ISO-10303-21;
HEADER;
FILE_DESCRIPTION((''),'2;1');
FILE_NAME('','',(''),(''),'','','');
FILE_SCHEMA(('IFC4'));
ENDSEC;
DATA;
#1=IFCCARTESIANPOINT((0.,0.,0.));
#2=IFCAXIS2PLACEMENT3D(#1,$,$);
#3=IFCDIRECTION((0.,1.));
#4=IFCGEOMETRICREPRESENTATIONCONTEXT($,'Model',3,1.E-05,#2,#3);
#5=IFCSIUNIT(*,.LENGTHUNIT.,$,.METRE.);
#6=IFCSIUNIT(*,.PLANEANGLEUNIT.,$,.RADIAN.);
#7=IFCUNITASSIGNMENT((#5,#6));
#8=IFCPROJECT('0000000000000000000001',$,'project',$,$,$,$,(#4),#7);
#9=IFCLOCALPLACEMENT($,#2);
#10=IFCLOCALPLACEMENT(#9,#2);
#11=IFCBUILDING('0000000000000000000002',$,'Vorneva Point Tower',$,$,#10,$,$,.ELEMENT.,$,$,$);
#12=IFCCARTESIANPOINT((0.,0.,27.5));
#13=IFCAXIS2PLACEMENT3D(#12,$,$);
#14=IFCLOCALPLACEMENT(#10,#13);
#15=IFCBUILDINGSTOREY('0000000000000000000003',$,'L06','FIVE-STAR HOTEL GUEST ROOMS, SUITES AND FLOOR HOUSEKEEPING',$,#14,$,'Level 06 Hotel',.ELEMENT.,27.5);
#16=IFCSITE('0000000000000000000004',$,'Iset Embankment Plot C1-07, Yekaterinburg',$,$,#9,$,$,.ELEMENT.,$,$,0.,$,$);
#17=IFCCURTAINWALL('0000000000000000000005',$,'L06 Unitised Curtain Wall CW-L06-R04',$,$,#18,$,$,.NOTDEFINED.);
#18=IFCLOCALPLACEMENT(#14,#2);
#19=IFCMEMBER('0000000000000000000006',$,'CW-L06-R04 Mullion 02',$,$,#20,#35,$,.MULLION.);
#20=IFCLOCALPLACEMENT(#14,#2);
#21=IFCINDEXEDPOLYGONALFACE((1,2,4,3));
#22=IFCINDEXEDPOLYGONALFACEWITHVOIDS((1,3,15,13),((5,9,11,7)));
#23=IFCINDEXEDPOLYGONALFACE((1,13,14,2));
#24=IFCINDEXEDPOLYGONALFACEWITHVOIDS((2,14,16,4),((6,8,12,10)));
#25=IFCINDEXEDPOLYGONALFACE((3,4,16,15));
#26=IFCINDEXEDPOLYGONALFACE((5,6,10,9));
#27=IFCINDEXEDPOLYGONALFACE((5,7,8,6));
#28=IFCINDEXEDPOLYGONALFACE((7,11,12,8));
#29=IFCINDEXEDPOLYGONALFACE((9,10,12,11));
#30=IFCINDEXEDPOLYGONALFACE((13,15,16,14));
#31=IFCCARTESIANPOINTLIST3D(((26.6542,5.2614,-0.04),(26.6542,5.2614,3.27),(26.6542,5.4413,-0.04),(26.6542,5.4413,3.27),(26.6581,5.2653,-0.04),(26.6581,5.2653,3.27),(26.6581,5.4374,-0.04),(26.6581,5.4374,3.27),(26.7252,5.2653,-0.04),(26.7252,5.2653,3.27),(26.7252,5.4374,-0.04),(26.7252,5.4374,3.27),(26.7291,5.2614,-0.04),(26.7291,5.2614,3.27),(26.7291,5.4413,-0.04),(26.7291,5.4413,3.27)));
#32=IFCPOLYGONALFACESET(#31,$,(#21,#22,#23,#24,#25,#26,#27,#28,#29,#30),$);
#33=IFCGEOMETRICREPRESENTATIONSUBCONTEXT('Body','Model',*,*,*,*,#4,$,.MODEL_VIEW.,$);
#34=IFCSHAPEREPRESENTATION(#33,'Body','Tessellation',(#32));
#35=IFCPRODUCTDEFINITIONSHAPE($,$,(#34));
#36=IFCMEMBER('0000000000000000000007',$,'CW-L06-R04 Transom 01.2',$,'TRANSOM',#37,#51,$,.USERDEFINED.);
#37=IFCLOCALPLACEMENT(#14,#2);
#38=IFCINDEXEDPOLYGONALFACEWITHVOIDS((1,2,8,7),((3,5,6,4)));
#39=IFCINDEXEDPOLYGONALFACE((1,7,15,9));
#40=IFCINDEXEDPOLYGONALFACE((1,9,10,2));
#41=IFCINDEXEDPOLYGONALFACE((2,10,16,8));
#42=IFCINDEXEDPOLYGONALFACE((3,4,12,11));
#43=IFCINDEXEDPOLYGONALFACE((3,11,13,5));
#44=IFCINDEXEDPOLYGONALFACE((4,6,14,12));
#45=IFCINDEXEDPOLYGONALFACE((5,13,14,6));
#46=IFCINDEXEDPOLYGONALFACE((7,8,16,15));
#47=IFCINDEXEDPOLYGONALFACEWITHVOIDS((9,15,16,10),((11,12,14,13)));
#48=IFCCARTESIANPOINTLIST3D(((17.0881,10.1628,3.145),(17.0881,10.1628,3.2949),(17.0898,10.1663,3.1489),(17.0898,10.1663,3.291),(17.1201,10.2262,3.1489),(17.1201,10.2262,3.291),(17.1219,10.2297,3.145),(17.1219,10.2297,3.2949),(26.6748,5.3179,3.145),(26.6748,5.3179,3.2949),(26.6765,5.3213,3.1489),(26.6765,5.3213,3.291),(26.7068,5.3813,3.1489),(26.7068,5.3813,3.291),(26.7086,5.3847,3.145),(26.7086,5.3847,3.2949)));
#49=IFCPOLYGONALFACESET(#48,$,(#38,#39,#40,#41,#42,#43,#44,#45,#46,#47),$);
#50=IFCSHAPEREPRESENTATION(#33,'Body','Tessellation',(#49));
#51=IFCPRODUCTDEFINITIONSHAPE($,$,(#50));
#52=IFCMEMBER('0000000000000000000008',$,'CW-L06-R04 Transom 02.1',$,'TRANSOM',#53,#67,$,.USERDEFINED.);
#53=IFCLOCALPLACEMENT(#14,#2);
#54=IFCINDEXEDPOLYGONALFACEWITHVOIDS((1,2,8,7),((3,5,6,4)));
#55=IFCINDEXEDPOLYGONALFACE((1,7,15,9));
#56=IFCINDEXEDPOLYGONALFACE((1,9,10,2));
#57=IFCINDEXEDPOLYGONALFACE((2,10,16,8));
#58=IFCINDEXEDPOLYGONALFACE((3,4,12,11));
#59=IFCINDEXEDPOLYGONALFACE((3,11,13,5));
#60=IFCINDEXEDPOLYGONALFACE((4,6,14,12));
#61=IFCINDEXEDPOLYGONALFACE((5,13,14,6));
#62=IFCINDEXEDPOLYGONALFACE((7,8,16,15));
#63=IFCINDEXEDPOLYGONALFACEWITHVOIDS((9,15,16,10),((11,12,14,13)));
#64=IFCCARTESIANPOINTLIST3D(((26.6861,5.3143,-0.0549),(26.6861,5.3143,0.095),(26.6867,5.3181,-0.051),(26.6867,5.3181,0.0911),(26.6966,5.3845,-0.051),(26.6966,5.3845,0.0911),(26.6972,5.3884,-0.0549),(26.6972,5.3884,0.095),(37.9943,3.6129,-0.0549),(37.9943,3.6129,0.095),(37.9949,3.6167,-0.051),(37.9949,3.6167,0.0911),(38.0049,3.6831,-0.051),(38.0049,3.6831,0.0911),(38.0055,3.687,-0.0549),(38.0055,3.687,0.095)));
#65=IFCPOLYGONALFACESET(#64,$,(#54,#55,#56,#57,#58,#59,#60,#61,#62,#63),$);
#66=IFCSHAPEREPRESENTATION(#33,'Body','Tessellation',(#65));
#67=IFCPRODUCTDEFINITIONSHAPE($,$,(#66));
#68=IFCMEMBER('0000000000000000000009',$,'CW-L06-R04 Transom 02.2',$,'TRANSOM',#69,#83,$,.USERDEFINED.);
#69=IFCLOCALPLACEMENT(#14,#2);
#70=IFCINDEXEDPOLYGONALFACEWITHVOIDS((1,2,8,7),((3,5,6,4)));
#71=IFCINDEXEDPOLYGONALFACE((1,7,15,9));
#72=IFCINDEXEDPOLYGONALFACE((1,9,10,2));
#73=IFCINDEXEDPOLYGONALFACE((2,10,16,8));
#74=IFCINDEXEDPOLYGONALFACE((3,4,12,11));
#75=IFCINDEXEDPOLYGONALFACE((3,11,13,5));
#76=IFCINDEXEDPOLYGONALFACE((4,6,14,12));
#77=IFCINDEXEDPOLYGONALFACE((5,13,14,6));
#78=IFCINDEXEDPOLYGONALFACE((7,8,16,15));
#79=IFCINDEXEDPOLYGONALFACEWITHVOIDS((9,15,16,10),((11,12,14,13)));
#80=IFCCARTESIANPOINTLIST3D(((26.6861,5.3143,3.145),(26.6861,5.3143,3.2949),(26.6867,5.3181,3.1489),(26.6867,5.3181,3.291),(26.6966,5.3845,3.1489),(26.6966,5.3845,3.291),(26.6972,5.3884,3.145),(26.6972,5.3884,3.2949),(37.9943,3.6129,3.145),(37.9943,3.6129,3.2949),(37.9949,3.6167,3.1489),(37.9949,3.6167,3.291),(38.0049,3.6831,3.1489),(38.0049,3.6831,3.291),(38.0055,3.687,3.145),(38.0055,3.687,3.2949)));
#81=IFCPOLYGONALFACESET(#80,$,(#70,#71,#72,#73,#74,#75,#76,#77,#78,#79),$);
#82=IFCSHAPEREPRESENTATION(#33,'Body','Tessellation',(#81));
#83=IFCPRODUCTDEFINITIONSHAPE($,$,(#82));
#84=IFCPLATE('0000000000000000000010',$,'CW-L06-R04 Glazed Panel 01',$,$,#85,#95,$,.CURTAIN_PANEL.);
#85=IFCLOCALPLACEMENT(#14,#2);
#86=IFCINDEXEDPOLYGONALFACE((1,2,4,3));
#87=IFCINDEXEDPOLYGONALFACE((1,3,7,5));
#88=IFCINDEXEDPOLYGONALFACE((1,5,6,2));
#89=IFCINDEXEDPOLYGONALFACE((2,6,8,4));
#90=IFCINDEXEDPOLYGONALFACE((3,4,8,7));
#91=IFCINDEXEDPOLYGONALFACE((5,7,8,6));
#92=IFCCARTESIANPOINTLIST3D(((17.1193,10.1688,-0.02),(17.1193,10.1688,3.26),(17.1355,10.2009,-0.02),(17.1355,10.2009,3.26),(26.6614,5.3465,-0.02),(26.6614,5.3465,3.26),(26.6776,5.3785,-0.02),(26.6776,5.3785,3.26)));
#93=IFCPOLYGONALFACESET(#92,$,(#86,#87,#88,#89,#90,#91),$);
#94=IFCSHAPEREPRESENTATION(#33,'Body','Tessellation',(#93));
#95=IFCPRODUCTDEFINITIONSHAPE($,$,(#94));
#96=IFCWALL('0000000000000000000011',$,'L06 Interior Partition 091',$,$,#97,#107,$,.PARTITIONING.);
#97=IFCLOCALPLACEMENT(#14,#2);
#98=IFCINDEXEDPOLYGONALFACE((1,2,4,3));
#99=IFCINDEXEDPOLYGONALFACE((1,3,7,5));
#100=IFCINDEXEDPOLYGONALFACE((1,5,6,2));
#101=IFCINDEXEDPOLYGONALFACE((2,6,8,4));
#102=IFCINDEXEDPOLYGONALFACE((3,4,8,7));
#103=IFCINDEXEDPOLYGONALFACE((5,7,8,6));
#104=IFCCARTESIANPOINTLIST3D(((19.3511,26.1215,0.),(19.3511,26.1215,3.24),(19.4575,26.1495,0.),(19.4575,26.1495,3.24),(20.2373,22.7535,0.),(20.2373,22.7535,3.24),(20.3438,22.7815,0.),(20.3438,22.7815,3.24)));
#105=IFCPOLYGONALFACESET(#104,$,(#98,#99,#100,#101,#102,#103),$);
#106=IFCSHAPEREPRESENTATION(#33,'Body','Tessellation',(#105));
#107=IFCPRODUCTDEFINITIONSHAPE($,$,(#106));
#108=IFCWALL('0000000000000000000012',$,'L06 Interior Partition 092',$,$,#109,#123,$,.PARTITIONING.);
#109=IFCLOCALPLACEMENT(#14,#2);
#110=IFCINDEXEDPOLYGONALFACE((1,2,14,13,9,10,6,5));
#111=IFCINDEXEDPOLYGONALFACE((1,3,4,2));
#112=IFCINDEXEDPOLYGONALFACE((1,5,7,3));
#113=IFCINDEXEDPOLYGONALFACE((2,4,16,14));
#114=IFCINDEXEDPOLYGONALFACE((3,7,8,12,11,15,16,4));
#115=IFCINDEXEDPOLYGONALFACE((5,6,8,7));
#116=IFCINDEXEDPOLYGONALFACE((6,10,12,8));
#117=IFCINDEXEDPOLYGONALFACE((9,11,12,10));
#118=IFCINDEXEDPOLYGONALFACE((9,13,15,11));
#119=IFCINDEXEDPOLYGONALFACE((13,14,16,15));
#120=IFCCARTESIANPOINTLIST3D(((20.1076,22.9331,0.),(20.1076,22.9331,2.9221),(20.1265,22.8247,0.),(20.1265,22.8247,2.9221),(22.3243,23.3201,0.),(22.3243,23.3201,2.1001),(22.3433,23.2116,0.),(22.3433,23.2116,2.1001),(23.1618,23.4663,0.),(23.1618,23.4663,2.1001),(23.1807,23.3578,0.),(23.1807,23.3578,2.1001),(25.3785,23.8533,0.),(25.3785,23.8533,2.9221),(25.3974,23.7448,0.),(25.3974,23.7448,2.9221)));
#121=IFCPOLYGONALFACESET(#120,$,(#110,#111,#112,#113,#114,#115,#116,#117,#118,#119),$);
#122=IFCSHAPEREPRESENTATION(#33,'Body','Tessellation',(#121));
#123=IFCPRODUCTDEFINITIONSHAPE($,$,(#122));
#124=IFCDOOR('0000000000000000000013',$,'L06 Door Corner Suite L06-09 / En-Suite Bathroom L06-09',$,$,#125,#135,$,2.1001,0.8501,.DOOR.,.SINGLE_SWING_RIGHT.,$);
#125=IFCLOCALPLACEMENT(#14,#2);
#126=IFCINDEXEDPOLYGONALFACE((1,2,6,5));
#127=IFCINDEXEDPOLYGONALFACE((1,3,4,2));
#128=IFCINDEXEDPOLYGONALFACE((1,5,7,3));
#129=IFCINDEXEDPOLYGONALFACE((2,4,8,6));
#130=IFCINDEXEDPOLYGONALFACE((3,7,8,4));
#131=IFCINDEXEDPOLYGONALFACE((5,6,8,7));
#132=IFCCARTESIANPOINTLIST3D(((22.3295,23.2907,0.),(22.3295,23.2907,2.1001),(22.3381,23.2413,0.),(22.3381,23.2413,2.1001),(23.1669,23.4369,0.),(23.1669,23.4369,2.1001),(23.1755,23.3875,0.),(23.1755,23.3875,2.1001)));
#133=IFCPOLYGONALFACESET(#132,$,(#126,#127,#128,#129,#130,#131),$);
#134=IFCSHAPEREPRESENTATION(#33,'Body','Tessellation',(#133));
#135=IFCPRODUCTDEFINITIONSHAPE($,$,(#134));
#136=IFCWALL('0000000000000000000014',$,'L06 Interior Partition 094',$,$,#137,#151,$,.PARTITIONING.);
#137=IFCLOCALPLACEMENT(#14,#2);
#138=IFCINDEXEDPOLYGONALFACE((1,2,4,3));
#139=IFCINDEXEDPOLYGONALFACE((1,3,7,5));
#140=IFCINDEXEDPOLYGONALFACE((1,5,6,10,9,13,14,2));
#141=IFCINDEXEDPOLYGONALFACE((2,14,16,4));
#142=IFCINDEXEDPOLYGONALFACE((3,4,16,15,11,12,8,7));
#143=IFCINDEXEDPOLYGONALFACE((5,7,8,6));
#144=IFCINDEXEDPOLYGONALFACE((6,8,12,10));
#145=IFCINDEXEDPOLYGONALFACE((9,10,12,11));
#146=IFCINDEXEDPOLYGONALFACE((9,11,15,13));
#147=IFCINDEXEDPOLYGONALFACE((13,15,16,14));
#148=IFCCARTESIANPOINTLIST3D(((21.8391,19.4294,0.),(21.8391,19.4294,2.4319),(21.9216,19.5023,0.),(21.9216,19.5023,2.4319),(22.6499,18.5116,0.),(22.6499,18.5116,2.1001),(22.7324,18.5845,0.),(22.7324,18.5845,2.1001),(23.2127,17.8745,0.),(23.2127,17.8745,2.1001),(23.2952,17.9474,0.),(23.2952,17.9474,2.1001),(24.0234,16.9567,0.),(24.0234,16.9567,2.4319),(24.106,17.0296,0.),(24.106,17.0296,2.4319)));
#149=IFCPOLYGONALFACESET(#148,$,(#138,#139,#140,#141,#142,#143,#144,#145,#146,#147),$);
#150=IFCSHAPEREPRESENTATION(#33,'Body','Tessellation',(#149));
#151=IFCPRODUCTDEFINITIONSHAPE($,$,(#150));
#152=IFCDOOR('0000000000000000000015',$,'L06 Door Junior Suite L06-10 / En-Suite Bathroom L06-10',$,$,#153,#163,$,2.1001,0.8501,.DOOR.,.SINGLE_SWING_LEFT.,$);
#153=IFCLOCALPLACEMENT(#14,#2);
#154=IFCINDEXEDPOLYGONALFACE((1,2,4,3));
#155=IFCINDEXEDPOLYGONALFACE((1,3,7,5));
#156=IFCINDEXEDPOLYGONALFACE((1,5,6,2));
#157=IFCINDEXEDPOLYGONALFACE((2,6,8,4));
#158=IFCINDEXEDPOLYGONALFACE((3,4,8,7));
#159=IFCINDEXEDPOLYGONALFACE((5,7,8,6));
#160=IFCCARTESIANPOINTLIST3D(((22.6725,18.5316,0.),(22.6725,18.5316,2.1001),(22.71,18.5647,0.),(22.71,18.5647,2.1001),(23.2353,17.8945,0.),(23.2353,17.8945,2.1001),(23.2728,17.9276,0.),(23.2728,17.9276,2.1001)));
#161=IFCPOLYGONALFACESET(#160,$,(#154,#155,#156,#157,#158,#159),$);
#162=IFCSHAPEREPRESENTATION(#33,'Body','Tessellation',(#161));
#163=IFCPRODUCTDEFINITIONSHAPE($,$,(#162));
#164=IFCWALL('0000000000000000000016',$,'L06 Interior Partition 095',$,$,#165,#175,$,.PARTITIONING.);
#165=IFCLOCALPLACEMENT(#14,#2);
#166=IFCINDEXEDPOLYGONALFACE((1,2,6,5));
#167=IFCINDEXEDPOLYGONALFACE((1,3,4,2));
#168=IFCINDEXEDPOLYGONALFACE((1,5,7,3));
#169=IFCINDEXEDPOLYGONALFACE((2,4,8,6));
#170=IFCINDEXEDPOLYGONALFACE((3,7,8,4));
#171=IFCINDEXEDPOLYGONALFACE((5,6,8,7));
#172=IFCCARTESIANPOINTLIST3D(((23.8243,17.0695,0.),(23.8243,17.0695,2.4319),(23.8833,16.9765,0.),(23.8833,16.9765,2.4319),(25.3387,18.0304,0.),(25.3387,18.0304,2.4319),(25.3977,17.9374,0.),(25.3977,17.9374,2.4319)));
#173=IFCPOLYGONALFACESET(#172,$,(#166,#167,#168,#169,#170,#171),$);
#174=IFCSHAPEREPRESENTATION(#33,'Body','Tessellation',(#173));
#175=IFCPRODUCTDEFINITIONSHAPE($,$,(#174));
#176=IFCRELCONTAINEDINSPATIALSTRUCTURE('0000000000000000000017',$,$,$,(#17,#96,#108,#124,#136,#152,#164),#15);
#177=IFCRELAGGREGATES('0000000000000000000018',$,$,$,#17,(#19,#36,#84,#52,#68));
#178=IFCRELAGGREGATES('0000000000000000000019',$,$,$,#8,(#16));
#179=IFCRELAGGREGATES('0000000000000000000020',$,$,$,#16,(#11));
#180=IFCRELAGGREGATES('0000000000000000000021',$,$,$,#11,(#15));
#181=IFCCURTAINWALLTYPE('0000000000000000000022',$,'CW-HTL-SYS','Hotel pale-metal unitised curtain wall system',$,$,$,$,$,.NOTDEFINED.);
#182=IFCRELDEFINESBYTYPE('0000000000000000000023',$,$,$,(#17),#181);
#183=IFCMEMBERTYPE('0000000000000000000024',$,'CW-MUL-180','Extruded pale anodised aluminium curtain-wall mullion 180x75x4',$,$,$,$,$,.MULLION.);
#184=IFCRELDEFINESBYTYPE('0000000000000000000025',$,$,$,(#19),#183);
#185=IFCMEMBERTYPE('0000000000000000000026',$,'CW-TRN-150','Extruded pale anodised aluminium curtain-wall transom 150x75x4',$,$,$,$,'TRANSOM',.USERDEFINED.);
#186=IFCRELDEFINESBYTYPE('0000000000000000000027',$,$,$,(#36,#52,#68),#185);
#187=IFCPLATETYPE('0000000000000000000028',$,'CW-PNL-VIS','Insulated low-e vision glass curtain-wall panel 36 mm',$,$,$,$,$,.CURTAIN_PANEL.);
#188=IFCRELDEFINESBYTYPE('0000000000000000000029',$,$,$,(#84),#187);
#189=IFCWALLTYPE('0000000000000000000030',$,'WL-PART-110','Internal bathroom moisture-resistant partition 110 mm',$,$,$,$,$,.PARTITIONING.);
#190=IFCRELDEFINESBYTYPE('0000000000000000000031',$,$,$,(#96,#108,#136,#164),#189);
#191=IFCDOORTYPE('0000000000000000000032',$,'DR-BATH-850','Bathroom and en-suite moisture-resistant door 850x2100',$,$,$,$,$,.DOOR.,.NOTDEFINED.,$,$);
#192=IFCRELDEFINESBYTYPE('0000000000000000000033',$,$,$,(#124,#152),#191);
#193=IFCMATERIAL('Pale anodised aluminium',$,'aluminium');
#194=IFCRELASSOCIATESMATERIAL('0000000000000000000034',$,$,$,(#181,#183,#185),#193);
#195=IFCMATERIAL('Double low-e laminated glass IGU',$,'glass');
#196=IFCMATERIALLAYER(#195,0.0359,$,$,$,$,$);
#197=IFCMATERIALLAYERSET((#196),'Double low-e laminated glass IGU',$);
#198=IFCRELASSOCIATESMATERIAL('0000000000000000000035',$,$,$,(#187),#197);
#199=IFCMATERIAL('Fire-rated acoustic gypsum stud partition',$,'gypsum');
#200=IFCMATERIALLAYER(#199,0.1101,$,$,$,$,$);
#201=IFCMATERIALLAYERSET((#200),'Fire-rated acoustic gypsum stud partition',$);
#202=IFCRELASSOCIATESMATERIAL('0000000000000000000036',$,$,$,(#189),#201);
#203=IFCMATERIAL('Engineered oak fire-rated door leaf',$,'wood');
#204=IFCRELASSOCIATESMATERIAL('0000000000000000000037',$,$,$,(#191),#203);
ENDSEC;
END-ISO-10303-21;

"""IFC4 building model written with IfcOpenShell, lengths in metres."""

from ifc_helpers import new_model, si_unit, direction, frame, frame_2d, origin, origin_2d, place, context, subcontext, project, spatial, rectangle, hollow_rectangle, extrude, material, layer, layer_set, material_profile, profile_set, type_object, element, fill, aggregate, save


model = new_model("IFC4")

# Units and contexts
model_context = context("Model", 3, precision=1e-05, world=origin(), true_north=direction((0.0, 1.0)))
body_context = subcontext(model_context, "Body", "Model", "MODEL_VIEW")
ifc_project = project(units=[si_unit("LENGTHUNIT", "METRE"), si_unit("PLANEANGLEUNIT", "RADIAN")], contexts=[model_context])

# Site, building, storey
site_placement = place(None, origin())
site = spatial("IfcSite", under=ifc_project, at=site_placement, Name="Iset Embankment Plot C1-07, Yekaterinburg", CompositionType="ELEMENT", RefElevation=0.0)
building_placement = place(site_placement, origin())
building = spatial("IfcBuilding", under=site, at=building_placement, Name="Vorneva Point Tower", CompositionType="ELEMENT")
storey_placement = place(building_placement, frame((0.0, 0.0, 27.5)))
storey = spatial("IfcBuildingStorey", under=building, at=storey_placement, Name="L06", Description="FIVE-STAR HOTEL GUEST ROOMS, SUITES AND FLOOR HOUSEKEEPING", LongName="Level 06 Hotel", CompositionType="ELEMENT", Elevation=27.5)

# Curtain wall, members, plate
ifc_material_1 = material(Name="Pale anodised aluminium", Category="aluminium")
curtain_wall_type = type_object("IfcCurtainWallType", Name="CW-HTL-SYS", Description="Hotel pale-metal unitised curtain wall system", PredefinedType="NOTDEFINED", material=ifc_material_1)
curtain_wall_placement = place(storey_placement, origin())
curtain_wall = element("IfcCurtainWall", 1, at=curtain_wall_placement, inside=storey, type_object=curtain_wall_type, Name="L06 Unitised Curtain Wall CW-L06-R04", PredefinedType="NOTDEFINED")
ifc_material_profile_1 = material_profile(ifc_material_1, hollow_rectangle(XDim=0.075, YDim=0.1799, WallThickness=0.0039, at=origin_2d()), Name="AL-MUL 180x75x4")
ifc_profile_set_1 = profile_set([ifc_material_profile_1], Name="Pale anodised aluminium")
member_type_1 = type_object("IfcMemberType", Name="CW-MUL-180", Description="Extruded pale anodised aluminium curtain-wall mullion 180x75x4", PredefinedType="MULLION", material=ifc_profile_set_1)
member_1_placement = place(storey_placement, frame((26.6917, 5.3513, -0.04), z_axis=(0.0, 0.0, 1.0), x_axis=(1.0, 0.0, 0.0)))
member_1 = element("IfcMember", 2, at=member_1_placement, type_object=member_type_1, Name="CW-L06-R04 Mullion 02", PredefinedType="MULLION", context=body_context, shape_type="SweptSolid", body=[
    extrude(hollow_rectangle(XDim=0.075, YDim=0.1799, WallThickness=0.0039, at=origin_2d()), origin(), (0.0, 0.0, 1.0), 3.3101),
])
ifc_material_profile_2 = material_profile(ifc_material_1, hollow_rectangle(XDim=0.075, YDim=0.1499, WallThickness=0.0039, at=origin_2d()), Name="AL-TRN 150x75x4")
ifc_profile_set_2 = profile_set([ifc_material_profile_2], Name="Pale anodised aluminium")
member_type_2 = type_object("IfcMemberType", Name="CW-TRN-150", Description="Extruded pale anodised aluminium curtain-wall transom 150x75x4", ElementType="TRANSOM", PredefinedType="USERDEFINED", material=ifc_profile_set_2)
member_2_placement = place(storey_placement, frame((17.105, 10.1963, 3.22), z_axis=(0.892496, -0.451055, 0.0), x_axis=(0.451055, 0.892496, 0.0)))
member_2 = element("IfcMember", 3, at=member_2_placement, type_object=member_type_2, Name="CW-L06-R04 Transom 01.2", ObjectType="TRANSOM", PredefinedType="USERDEFINED", context=body_context, shape_type="SweptSolid", body=[
    extrude(hollow_rectangle(XDim=0.075, YDim=0.1499, WallThickness=0.0039, at=origin_2d()), origin(), (0.0, 0.0, 1.0), 10.7415),
])
member_3_placement = place(storey_placement, frame((26.6917, 5.3513, 0.02), z_axis=(0.98887, -0.148782, 0.0), x_axis=(0.148782, 0.98887, 0.0)))
member_3 = element("IfcMember", 4, at=member_3_placement, type_object=member_type_2, Name="CW-L06-R04 Transom 02.1", ObjectType="TRANSOM", PredefinedType="USERDEFINED", context=body_context, shape_type="SweptSolid", body=[
    extrude(hollow_rectangle(XDim=0.075, YDim=0.1499, WallThickness=0.0039, at=origin_2d()), origin(), (0.0, 0.0, 1.0), 11.4355),
])
member_4_placement = place(storey_placement, frame((26.6917, 5.3513, 3.22), z_axis=(0.98887, -0.148782, 0.0), x_axis=(0.148782, 0.98887, 0.0)))
member_4 = element("IfcMember", 5, at=member_4_placement, type_object=member_type_2, Name="CW-L06-R04 Transom 02.2", ObjectType="TRANSOM", PredefinedType="USERDEFINED", context=body_context, shape_type="SweptSolid", body=[
    extrude(hollow_rectangle(XDim=0.075, YDim=0.1499, WallThickness=0.0039, at=origin_2d()), origin(), (0.0, 0.0, 1.0), 11.4355),
])
ifc_material_2 = material(Name="Double low-e laminated glass IGU", Category="glass")
ifc_layer_1 = layer(ifc_material_2, 0.0359)
ifc_layer_set_1 = layer_set([ifc_layer_1], Name="Double low-e laminated glass IGU")
plate_type = type_object("IfcPlateType", Name="CW-PNL-VIS", Description="Insulated low-e vision glass curtain-wall panel 36 mm", PredefinedType="CURTAIN_PANEL", material=ifc_layer_set_1)
plate_placement = place(storey_placement, frame((21.8984, 7.7737, -0.02), z_axis=(0.0, 0.0, 1.0), x_axis=(0.892499, -0.451049, 0.0)))
plate = element("IfcPlate", 6, at=plate_placement, type_object=plate_type, Name="CW-L06-R04 Glazed Panel 01", PredefinedType="CURTAIN_PANEL", context=body_context, shape_type="SweptSolid", body=[
    extrude(rectangle(XDim=10.6914, YDim=0.0359, at=origin_2d()), origin(), (0.0, 0.0, 1.0), 3.28),
])
aggregate(curtain_wall, [member_1, member_2, plate, member_3, member_4])

# Wall
ifc_material_3 = material(Name="Fire-rated acoustic gypsum stud partition", Category="gypsum")
ifc_layer_2 = layer(ifc_material_3, 0.1101)
ifc_layer_set_2 = layer_set([ifc_layer_2], Name="Fire-rated acoustic gypsum stud partition")
wall_type_1 = type_object("IfcWallType", Name="WL-PART-110", Description="Internal bathroom moisture-resistant partition 110 mm", PredefinedType="PARTITIONING", material=ifc_layer_set_2)
wall_1_placement = place(storey_placement, frame((20.2905, 22.7676, 0.0), z_axis=(0.0, 0.0, 1.0), x_axis=(-0.254476, 0.967079, 0.0)))
element("IfcWall", 7, at=wall_1_placement, inside=storey, type_object=wall_type_1, Name="L06 Interior Partition 091", PredefinedType="PARTITIONING", context=body_context, shape_type="SweptSolid", body=[
    extrude(rectangle(XDim=3.4827, YDim=0.1101, at=frame_2d((1.7412, 0.0))), origin(), (0.0, 0.0, 1.0), 3.24),
])

# Walls, openings, doors
wall_2_placement = place(storey_placement, frame((25.3879, 23.7991, 0.0), z_axis=(0.0, 0.0, 1.0), x_axis=(-0.985101, -0.171979, 0.0)))
wall_2 = element("IfcWall", 8, at=wall_2_placement, inside=storey, type_object=wall_type_1, Name="L06 Interior Partition 092", PredefinedType="PARTITIONING", context=body_context, shape_type="SweptSolid", body=[
    extrude(rectangle(XDim=5.3506, YDim=0.1101, at=frame_2d((2.6753, 0.0))), origin(), (0.0, 0.0, 1.0), 2.9221),
])
opening_1_placement = place(wall_2_placement, frame((2.2502, 0.0, 0.0)))
opening_1 = element("IfcOpeningElement", 9, at=opening_1_placement, cuts=wall_2, PredefinedType="OPENING", context=body_context, shape_type="SweptSolid", body=[
    extrude(rectangle(XDim=0.8501, YDim=2.1001, at=frame_2d((0.425, 1.05))), frame((0.0, 0.0698, 0.0), z_axis=(0.0, -1.0, 0.0), x_axis=(1.0, 0.0, 0.0)), (0.0, 0.0, 1.0), 0.1399),
])
ifc_material_4 = material(Name="Engineered oak fire-rated door leaf", Category="wood")
door_type_1 = type_object("IfcDoorType", Name="DR-BATH-850", Description="Bathroom and en-suite moisture-resistant door 850x2100", OperationType="NOTDEFINED", PredefinedType="DOOR", material=ifc_material_4)
door_1_placement = place(opening_1_placement, origin())
door_1 = element("IfcDoor", 10, at=door_1_placement, inside=storey, type_object=door_type_1, Name="L06 Door Corner Suite L06-09 / En-Suite Bathroom L06-09", OperationType="SINGLE_SWING_RIGHT", OverallHeight=2.1001, OverallWidth=0.8501, PredefinedType="DOOR", context=body_context, shape_type="SweptSolid", body=[
    extrude(rectangle(XDim=0.8501, YDim=2.1001, at=frame_2d((0.425, 1.05))), frame((0.0, 0.0249, 0.0), z_axis=(0.0, -1.0, 0.0), x_axis=(1.0, 0.0, 0.0)), (0.0, 0.0, 1.0), 0.05),
])
fill(opening_1, door_1)
wall_3_placement = place(storey_placement, frame((24.0647, 16.9932, 0.0), z_axis=(0.0, 0.0, 1.0), x_axis=(-0.66206, 0.749451, 0.0)))
wall_3 = element("IfcWall", 11, at=wall_3_placement, inside=storey, type_object=wall_type_1, Name="L06 Interior Partition 094", PredefinedType="PARTITIONING", context=body_context, shape_type="SweptSolid", body=[
    extrude(rectangle(XDim=3.2993, YDim=0.1101, at=frame_2d((1.6497, 0.0))), origin(), (0.0, 0.0, 1.0), 2.4319),
])
opening_2_placement = place(wall_3_placement, frame((1.2246, 0.0, 0.0)))
opening_2 = element("IfcOpeningElement", 12, at=opening_2_placement, cuts=wall_3, PredefinedType="OPENING", context=body_context, shape_type="SweptSolid", body=[
    extrude(rectangle(XDim=0.8501, YDim=2.1001, at=frame_2d((0.425, 1.05))), frame((0.0, 0.0698, 0.0), z_axis=(0.0, -1.0, 0.0), x_axis=(1.0, 0.0, 0.0)), (0.0, 0.0, 1.0), 0.1399),
])
door_2_placement = place(opening_2_placement, origin())
door_2 = element("IfcDoor", 13, at=door_2_placement, inside=storey, type_object=door_type_1, Name="L06 Door Junior Suite L06-10 / En-Suite Bathroom L06-10", OperationType="SINGLE_SWING_LEFT", OverallHeight=2.1001, OverallWidth=0.8501, PredefinedType="DOOR", context=body_context, shape_type="SweptSolid", body=[
    extrude(rectangle(XDim=0.8501, YDim=2.1001, at=frame_2d((0.425, 1.05))), frame((0.0, 0.0249, 0.0), z_axis=(0.0, -1.0, 0.0), x_axis=(1.0, 0.0, 0.0)), (0.0, 0.0, 1.0), 0.05),
])
fill(opening_2, door_2)

# Wall
wall_4_placement = place(storey_placement, frame((25.3682, 17.9839, 0.0), z_axis=(0.0, 0.0, 1.0), x_axis=(-0.844361, -0.535774, 0.0)))
element("IfcWall", 14, at=wall_4_placement, inside=storey, type_object=wall_type_1, Name="L06 Interior Partition 095", PredefinedType="PARTITIONING", context=body_context, shape_type="SweptSolid", body=[
    extrude(rectangle(XDim=1.7935, YDim=0.1101, at=frame_2d((0.8967, 0.0))), origin(), (0.0, 0.0, 1.0), 2.4319),
])

save(model, "model.ifc")
